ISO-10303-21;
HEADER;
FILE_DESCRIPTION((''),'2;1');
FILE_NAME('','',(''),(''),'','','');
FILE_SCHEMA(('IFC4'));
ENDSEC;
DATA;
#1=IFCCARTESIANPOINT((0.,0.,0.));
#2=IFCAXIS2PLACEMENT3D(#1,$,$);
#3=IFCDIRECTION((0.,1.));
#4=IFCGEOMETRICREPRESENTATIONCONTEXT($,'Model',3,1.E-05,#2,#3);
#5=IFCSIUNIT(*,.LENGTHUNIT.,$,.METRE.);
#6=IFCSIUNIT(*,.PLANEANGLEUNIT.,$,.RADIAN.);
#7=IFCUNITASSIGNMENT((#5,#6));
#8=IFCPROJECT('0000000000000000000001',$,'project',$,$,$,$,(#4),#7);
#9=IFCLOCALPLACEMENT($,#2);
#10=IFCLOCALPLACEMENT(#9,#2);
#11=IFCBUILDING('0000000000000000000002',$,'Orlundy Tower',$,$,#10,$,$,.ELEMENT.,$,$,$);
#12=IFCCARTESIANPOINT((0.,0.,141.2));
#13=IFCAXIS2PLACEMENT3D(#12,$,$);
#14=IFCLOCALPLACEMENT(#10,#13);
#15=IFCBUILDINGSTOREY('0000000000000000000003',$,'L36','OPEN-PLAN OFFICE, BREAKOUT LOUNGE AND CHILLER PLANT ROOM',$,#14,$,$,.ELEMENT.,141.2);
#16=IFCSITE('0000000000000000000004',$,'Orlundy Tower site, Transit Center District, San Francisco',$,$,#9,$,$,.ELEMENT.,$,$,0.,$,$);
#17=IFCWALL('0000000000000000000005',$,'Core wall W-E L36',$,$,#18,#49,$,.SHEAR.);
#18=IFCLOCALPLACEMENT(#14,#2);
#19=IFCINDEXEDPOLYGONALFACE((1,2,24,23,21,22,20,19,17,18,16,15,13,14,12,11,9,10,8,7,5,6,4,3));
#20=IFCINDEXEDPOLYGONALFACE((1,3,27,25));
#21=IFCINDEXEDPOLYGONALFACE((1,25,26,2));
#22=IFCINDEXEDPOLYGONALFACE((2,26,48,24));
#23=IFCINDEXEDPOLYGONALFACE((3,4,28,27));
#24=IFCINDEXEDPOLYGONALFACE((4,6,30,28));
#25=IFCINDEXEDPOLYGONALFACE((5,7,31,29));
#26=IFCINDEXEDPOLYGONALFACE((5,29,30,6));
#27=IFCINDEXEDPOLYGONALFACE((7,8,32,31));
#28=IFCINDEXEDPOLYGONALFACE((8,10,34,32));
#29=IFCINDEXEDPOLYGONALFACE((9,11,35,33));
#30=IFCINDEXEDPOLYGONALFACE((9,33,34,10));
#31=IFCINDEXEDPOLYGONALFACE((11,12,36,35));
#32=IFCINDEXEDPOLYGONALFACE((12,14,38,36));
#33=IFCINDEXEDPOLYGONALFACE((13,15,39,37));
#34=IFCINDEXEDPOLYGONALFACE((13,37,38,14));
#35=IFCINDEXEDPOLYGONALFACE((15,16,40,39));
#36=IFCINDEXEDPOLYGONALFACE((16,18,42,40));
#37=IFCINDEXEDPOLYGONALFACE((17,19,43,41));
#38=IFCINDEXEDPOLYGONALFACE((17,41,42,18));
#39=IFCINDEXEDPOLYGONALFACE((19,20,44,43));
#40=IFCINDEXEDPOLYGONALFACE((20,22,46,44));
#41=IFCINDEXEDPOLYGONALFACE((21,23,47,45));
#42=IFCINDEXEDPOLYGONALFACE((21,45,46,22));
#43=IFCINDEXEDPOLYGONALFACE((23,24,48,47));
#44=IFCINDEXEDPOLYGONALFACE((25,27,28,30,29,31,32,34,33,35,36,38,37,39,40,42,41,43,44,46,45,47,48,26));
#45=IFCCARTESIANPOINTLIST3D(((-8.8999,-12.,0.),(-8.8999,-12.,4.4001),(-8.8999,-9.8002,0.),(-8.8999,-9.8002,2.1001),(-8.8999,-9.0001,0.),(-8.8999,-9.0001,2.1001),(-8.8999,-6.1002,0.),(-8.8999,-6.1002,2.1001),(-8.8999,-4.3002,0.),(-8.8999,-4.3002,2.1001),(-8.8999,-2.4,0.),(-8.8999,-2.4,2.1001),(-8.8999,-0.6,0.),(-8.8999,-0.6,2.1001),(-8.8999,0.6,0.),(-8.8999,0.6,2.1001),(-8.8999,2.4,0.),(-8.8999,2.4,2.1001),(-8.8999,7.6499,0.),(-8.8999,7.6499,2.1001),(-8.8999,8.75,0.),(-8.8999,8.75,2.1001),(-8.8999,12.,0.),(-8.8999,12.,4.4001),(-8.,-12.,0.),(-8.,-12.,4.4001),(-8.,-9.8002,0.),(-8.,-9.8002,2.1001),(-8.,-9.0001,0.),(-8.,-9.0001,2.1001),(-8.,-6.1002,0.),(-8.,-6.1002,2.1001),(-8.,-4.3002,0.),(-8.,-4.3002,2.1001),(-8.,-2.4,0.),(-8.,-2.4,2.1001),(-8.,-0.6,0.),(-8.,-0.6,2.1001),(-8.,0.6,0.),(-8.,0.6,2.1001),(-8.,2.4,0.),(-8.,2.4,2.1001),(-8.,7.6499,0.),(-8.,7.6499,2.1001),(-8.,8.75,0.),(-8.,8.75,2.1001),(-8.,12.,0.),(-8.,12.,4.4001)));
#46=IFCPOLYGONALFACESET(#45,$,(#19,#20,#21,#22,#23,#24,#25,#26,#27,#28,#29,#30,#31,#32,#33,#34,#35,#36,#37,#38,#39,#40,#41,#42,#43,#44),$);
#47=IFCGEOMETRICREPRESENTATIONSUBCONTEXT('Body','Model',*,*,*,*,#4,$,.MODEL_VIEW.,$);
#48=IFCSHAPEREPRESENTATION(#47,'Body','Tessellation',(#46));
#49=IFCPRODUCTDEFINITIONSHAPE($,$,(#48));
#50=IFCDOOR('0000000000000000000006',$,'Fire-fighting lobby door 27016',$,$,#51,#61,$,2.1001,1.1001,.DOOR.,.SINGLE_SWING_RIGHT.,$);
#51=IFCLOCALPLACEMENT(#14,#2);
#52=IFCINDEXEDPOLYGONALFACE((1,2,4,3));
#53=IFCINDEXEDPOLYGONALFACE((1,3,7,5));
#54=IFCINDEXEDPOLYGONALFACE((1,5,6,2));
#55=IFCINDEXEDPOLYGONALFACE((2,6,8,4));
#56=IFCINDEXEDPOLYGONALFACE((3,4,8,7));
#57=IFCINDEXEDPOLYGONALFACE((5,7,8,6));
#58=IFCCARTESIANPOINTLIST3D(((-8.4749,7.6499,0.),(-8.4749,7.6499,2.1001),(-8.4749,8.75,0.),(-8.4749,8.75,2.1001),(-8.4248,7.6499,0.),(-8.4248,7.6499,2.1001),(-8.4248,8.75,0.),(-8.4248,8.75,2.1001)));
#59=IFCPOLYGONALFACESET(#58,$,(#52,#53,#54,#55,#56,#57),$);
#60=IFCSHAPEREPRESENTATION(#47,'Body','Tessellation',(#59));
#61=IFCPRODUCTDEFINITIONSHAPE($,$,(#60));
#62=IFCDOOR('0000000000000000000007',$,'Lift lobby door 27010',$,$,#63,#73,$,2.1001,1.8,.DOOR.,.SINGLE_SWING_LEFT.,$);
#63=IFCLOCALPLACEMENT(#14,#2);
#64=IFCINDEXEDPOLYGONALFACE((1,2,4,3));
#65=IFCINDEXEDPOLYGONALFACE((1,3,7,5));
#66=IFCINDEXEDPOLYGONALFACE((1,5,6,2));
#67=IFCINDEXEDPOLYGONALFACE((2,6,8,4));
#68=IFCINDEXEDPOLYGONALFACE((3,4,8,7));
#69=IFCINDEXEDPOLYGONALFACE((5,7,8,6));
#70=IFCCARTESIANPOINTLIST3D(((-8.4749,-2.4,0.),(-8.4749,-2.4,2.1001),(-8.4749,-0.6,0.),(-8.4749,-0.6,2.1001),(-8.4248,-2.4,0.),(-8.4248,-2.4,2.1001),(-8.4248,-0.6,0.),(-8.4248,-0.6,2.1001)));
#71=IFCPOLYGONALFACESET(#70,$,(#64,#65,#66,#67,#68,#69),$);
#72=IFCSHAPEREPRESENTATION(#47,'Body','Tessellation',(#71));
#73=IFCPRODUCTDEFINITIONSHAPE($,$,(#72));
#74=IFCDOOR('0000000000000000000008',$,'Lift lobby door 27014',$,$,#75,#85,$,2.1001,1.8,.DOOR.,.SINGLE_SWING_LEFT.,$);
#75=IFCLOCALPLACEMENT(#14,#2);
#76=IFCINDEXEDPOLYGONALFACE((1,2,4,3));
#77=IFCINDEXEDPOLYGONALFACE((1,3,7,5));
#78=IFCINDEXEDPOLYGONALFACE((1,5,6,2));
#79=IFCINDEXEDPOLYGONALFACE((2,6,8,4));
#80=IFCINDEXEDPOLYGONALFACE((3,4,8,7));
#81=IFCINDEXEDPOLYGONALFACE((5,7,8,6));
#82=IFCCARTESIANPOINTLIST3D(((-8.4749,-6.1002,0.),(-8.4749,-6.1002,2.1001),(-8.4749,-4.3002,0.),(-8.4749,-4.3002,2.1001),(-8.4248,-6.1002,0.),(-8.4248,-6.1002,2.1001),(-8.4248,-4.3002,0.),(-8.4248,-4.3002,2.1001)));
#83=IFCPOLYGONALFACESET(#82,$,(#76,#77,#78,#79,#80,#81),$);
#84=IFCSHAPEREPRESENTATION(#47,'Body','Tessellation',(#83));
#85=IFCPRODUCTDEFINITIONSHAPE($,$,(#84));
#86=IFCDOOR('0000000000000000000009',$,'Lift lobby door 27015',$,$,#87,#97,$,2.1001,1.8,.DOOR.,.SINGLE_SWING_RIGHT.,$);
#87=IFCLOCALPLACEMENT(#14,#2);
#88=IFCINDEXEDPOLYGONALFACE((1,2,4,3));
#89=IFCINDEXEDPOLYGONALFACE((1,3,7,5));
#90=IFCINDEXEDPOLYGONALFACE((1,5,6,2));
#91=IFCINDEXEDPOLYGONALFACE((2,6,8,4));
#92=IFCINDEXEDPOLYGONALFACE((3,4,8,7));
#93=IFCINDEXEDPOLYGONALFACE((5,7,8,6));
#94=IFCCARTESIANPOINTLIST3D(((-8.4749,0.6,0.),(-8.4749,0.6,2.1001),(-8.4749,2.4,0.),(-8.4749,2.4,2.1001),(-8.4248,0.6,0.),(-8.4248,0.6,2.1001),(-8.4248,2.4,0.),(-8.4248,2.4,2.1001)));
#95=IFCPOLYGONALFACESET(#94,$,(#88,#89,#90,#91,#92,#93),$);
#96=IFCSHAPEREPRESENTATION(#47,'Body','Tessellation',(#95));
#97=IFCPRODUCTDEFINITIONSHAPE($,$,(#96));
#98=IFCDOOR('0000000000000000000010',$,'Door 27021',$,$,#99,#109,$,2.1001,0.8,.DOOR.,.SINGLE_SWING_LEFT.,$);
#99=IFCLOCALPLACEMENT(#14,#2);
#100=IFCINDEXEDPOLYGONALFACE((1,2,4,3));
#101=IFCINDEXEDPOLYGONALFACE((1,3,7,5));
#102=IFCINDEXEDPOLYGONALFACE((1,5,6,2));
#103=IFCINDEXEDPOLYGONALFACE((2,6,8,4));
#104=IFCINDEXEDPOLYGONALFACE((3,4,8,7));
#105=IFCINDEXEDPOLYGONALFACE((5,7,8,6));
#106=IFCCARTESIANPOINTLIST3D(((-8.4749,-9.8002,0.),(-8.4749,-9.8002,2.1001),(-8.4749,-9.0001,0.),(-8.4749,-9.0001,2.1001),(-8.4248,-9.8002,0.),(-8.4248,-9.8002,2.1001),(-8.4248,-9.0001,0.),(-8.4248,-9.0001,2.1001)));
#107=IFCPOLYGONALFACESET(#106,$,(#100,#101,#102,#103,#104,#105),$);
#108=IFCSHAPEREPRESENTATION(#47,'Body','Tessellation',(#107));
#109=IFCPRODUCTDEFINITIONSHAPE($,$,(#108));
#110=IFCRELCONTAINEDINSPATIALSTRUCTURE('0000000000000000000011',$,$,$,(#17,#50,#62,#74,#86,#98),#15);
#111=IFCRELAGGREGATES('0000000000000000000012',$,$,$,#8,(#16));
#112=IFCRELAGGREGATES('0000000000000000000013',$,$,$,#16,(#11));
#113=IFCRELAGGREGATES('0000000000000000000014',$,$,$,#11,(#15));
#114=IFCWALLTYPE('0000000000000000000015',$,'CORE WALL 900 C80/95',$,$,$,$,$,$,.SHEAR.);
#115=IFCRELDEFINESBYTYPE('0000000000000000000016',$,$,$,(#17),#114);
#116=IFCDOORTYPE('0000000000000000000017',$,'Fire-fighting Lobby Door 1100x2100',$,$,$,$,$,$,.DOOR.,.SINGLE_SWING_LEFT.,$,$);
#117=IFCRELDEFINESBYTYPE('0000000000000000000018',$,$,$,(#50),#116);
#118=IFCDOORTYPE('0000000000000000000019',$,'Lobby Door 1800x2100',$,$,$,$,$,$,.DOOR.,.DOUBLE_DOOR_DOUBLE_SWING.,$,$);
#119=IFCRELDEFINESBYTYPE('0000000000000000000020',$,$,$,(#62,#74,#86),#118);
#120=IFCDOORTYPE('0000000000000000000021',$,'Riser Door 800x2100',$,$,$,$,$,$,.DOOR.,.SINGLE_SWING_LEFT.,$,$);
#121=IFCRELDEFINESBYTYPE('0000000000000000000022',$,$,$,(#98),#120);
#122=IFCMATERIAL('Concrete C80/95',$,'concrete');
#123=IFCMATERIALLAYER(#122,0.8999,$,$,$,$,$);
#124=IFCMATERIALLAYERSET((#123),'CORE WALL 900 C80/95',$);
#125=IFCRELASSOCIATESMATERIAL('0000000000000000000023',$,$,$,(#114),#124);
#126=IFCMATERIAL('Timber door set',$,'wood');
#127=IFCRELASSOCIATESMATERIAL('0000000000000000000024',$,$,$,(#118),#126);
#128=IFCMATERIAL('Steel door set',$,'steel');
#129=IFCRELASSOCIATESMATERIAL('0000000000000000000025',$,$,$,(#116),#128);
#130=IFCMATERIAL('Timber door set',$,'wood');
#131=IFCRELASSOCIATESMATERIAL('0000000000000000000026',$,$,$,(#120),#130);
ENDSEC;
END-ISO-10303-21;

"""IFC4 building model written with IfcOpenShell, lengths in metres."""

from ifc_helpers import new_model, si_unit, direction, frame, frame_2d, origin, place, context, subcontext, project, spatial, rectangle, extrude, material, layer, layer_set, type_object, element, fill, save


model = new_model("IFC4")

# Units and contexts
model_context = context("Model", 3, precision=1e-05, world=origin(), true_north=direction((0.0, 1.0)))
body_context = subcontext(model_context, "Body", "Model", "MODEL_VIEW")
ifc_project = project(units=[si_unit("LENGTHUNIT", "METRE"), si_unit("PLANEANGLEUNIT", "RADIAN")], contexts=[model_context])

# Site, building, storey
site_placement = place(None, origin())
site = spatial("IfcSite", under=ifc_project, at=site_placement, Name="Orlundy Tower site, Transit Center District, San Francisco", CompositionType="ELEMENT", RefElevation=0.0)
building_placement = place(site_placement, origin())
building = spatial("IfcBuilding", under=site, at=building_placement, Name="Orlundy Tower", CompositionType="ELEMENT")
storey_placement = place(building_placement, frame((0.0, 0.0, 141.2)))
storey = spatial("IfcBuildingStorey", under=building, at=storey_placement, Name="L36", Description="OPEN-PLAN OFFICE, BREAKOUT LOUNGE AND CHILLER PLANT ROOM", CompositionType="ELEMENT", Elevation=141.2)

# Wall, openings, doors
ifc_material_1 = material(Name="Concrete C80/95", Category="concrete")
ifc_layer_1 = layer(ifc_material_1, 0.8999)
ifc_layer_set_1 = layer_set([ifc_layer_1], Name="CORE WALL 900 C80/95")
wall_type = type_object("IfcWallType", Name="CORE WALL 900 C80/95", PredefinedType="SHEAR", material=ifc_layer_set_1)
ifc_material_2 = material(Name="Timber door set", Category="wood")
door_type_1 = type_object("IfcDoorType", Name="Lobby Door 1800x2100", OperationType="DOUBLE_DOOR_DOUBLE_SWING", PredefinedType="DOOR", material=ifc_material_2)
wall_1_placement = place(storey_placement, frame((-8.45, -12.0, 0.0), z_axis=(0.0, 0.0, 1.0), x_axis=(0.0, 1.0, 0.0)))
wall_1 = element("IfcWall", 1, at=wall_1_placement, inside=storey, type_object=wall_type, Name="Core wall W-E L36", PredefinedType="SHEAR", context=body_context, shape_type="SweptSolid", body=[
    extrude(rectangle(XDim=24.0, YDim=0.8999, at=frame_2d((12.0, 0.0))), origin(), (0.0, 0.0, 1.0), 4.4001),
])
opening_1_placement = place(wall_1_placement, frame((9.6001, 0.0, 0.0)))
opening_1 = element("IfcOpeningElement", 2, at=opening_1_placement, cuts=wall_1, PredefinedType="OPENING", context=body_context, shape_type="SweptSolid", body=[
    extrude(rectangle(XDim=1.8, YDim=2.1001, at=frame_2d((0.8999, 1.05))), frame((0.0, 0.46, 0.0), z_axis=(0.0, -1.0, 0.0), x_axis=(1.0, 0.0, 0.0)), (0.0, 0.0, 1.0), 0.9199),
])
opening_2_placement = place(wall_1_placement, frame((5.8999, 0.0, 0.0)))
opening_2 = element("IfcOpeningElement", 3, at=opening_2_placement, cuts=wall_1, PredefinedType="OPENING", context=body_context, shape_type="SweptSolid", body=[
    extrude(rectangle(XDim=1.8, YDim=2.1001, at=frame_2d((0.8999, 1.05))), frame((0.0, 0.46, 0.0), z_axis=(0.0, -1.0, 0.0), x_axis=(1.0, 0.0, 0.0)), (0.0, 0.0, 1.0), 0.9199),
])
opening_3_placement = place(wall_1_placement, frame((12.6001, 0.0, 0.0)))
opening_3 = element("IfcOpeningElement", 4, at=opening_3_placement, cuts=wall_1, PredefinedType="OPENING", context=body_context, shape_type="SweptSolid", body=[
    extrude(rectangle(XDim=1.8, YDim=2.1001, at=frame_2d((0.8999, 1.05))), frame((0.0, 0.46, 0.0), z_axis=(0.0, -1.0, 0.0), x_axis=(1.0, 0.0, 0.0)), (0.0, 0.0, 1.0), 0.9199),
])
opening_4_placement = place(wall_1_placement, frame((19.6499, 0.0, 0.0)))
opening_4 = element("IfcOpeningElement", 5, at=opening_4_placement, cuts=wall_1, PredefinedType="OPENING", context=body_context, shape_type="SweptSolid", body=[
    extrude(rectangle(XDim=1.1001, YDim=2.1001, at=frame_2d((0.55, 1.05))), frame((0.0, 0.46, 0.0), z_axis=(0.0, -1.0, 0.0), x_axis=(1.0, 0.0, 0.0)), (0.0, 0.0, 1.0), 0.9199),
])
opening_5_placement = place(wall_1_placement, frame((2.2, 0.0, 0.0)))
opening_5 = element("IfcOpeningElement", 6, at=opening_5_placement, cuts=wall_1, PredefinedType="OPENING", context=body_context, shape_type="SweptSolid", body=[
    extrude(rectangle(XDim=0.8, YDim=2.1001, at=frame_2d((0.3999, 1.05))), frame((0.0, 0.46, 0.0), z_axis=(0.0, -1.0, 0.0), x_axis=(1.0, 0.0, 0.0)), (0.0, 0.0, 1.0), 0.9199),
])
ifc_material_3 = material(Name="Steel door set", Category="steel")
door_type_2 = type_object("IfcDoorType", Name="Fire-fighting Lobby Door 1100x2100", OperationType="SINGLE_SWING_LEFT", PredefinedType="DOOR", material=ifc_material_3)
door_1_placement = place(opening_4_placement, origin())
door_1 = element("IfcDoor", 7, at=door_1_placement, inside=storey, type_object=door_type_2, Name="Fire-fighting lobby door 27016", OperationType="SINGLE_SWING_RIGHT", OverallHeight=2.1001, OverallWidth=1.1001, PredefinedType="DOOR", context=body_context, shape_type="SweptSolid", body=[
    extrude(rectangle(XDim=1.1001, YDim=2.1001, at=frame_2d((0.55, 1.05))), frame((0.0, 0.0249, 0.0), z_axis=(0.0, -1.0, 0.0), x_axis=(1.0, 0.0, 0.0)), (0.0, 0.0, 1.0), 0.05),
])
fill(opening_4, door_1)
door_2_placement = place(opening_1_placement, origin())
door_2 = element("IfcDoor", 8, at=door_2_placement, inside=storey, type_object=door_type_1, Name="Lift lobby door 27010", OperationType="SINGLE_SWING_LEFT", OverallHeight=2.1001, OverallWidth=1.8, PredefinedType="DOOR", context=body_context, shape_type="SweptSolid", body=[
    extrude(rectangle(XDim=1.8, YDim=2.1001, at=frame_2d((0.8999, 1.05))), frame((0.0, 0.0249, 0.0), z_axis=(0.0, -1.0, 0.0), x_axis=(1.0, 0.0, 0.0)), (0.0, 0.0, 1.0), 0.05),
])
fill(opening_1, door_2)
door_3_placement = place(opening_2_placement, origin())
door_3 = element("IfcDoor", 9, at=door_3_placement, inside=storey, type_object=door_type_1, Name="Lift lobby door 27014", OperationType="SINGLE_SWING_LEFT", OverallHeight=2.1001, OverallWidth=1.8, PredefinedType="DOOR", context=body_context, shape_type="SweptSolid", body=[
    extrude(rectangle(XDim=1.8, YDim=2.1001, at=frame_2d((0.8999, 1.05))), frame((0.0, 0.0249, 0.0), z_axis=(0.0, -1.0, 0.0), x_axis=(1.0, 0.0, 0.0)), (0.0, 0.0, 1.0), 0.05),
])
fill(opening_2, door_3)
door_4_placement = place(opening_3_placement, origin())
door_4 = element("IfcDoor", 10, at=door_4_placement, inside=storey, type_object=door_type_1, Name="Lift lobby door 27015", OperationType="SINGLE_SWING_RIGHT", OverallHeight=2.1001, OverallWidth=1.8, PredefinedType="DOOR", context=body_context, shape_type="SweptSolid", body=[
    extrude(rectangle(XDim=1.8, YDim=2.1001, at=frame_2d((0.8999, 1.05))), frame((0.0, 0.0249, 0.0), z_axis=(0.0, -1.0, 0.0), x_axis=(1.0, 0.0, 0.0)), (0.0, 0.0, 1.0), 0.05),
])
fill(opening_3, door_4)
ifc_material_4 = material(Name="Timber door set", Category="wood")
door_type_3 = type_object("IfcDoorType", Name="Riser Door 800x2100", OperationType="SINGLE_SWING_LEFT", PredefinedType="DOOR", material=ifc_material_4)
door_5_placement = place(opening_5_placement, origin())
door_5 = element("IfcDoor", 11, at=door_5_placement, inside=storey, type_object=door_type_3, Name="Door 27021", OperationType="SINGLE_SWING_LEFT", OverallHeight=2.1001, OverallWidth=0.8, PredefinedType="DOOR", context=body_context, shape_type="SweptSolid", body=[
    extrude(rectangle(XDim=0.8, YDim=2.1001, at=frame_2d((0.3999, 1.05))), frame((0.0, 0.0249, 0.0), z_axis=(0.0, -1.0, 0.0), x_axis=(1.0, 0.0, 0.0)), (0.0, 0.0, 1.0), 0.05),
])
fill(opening_5, door_5)

save(model, "model.ifc")
